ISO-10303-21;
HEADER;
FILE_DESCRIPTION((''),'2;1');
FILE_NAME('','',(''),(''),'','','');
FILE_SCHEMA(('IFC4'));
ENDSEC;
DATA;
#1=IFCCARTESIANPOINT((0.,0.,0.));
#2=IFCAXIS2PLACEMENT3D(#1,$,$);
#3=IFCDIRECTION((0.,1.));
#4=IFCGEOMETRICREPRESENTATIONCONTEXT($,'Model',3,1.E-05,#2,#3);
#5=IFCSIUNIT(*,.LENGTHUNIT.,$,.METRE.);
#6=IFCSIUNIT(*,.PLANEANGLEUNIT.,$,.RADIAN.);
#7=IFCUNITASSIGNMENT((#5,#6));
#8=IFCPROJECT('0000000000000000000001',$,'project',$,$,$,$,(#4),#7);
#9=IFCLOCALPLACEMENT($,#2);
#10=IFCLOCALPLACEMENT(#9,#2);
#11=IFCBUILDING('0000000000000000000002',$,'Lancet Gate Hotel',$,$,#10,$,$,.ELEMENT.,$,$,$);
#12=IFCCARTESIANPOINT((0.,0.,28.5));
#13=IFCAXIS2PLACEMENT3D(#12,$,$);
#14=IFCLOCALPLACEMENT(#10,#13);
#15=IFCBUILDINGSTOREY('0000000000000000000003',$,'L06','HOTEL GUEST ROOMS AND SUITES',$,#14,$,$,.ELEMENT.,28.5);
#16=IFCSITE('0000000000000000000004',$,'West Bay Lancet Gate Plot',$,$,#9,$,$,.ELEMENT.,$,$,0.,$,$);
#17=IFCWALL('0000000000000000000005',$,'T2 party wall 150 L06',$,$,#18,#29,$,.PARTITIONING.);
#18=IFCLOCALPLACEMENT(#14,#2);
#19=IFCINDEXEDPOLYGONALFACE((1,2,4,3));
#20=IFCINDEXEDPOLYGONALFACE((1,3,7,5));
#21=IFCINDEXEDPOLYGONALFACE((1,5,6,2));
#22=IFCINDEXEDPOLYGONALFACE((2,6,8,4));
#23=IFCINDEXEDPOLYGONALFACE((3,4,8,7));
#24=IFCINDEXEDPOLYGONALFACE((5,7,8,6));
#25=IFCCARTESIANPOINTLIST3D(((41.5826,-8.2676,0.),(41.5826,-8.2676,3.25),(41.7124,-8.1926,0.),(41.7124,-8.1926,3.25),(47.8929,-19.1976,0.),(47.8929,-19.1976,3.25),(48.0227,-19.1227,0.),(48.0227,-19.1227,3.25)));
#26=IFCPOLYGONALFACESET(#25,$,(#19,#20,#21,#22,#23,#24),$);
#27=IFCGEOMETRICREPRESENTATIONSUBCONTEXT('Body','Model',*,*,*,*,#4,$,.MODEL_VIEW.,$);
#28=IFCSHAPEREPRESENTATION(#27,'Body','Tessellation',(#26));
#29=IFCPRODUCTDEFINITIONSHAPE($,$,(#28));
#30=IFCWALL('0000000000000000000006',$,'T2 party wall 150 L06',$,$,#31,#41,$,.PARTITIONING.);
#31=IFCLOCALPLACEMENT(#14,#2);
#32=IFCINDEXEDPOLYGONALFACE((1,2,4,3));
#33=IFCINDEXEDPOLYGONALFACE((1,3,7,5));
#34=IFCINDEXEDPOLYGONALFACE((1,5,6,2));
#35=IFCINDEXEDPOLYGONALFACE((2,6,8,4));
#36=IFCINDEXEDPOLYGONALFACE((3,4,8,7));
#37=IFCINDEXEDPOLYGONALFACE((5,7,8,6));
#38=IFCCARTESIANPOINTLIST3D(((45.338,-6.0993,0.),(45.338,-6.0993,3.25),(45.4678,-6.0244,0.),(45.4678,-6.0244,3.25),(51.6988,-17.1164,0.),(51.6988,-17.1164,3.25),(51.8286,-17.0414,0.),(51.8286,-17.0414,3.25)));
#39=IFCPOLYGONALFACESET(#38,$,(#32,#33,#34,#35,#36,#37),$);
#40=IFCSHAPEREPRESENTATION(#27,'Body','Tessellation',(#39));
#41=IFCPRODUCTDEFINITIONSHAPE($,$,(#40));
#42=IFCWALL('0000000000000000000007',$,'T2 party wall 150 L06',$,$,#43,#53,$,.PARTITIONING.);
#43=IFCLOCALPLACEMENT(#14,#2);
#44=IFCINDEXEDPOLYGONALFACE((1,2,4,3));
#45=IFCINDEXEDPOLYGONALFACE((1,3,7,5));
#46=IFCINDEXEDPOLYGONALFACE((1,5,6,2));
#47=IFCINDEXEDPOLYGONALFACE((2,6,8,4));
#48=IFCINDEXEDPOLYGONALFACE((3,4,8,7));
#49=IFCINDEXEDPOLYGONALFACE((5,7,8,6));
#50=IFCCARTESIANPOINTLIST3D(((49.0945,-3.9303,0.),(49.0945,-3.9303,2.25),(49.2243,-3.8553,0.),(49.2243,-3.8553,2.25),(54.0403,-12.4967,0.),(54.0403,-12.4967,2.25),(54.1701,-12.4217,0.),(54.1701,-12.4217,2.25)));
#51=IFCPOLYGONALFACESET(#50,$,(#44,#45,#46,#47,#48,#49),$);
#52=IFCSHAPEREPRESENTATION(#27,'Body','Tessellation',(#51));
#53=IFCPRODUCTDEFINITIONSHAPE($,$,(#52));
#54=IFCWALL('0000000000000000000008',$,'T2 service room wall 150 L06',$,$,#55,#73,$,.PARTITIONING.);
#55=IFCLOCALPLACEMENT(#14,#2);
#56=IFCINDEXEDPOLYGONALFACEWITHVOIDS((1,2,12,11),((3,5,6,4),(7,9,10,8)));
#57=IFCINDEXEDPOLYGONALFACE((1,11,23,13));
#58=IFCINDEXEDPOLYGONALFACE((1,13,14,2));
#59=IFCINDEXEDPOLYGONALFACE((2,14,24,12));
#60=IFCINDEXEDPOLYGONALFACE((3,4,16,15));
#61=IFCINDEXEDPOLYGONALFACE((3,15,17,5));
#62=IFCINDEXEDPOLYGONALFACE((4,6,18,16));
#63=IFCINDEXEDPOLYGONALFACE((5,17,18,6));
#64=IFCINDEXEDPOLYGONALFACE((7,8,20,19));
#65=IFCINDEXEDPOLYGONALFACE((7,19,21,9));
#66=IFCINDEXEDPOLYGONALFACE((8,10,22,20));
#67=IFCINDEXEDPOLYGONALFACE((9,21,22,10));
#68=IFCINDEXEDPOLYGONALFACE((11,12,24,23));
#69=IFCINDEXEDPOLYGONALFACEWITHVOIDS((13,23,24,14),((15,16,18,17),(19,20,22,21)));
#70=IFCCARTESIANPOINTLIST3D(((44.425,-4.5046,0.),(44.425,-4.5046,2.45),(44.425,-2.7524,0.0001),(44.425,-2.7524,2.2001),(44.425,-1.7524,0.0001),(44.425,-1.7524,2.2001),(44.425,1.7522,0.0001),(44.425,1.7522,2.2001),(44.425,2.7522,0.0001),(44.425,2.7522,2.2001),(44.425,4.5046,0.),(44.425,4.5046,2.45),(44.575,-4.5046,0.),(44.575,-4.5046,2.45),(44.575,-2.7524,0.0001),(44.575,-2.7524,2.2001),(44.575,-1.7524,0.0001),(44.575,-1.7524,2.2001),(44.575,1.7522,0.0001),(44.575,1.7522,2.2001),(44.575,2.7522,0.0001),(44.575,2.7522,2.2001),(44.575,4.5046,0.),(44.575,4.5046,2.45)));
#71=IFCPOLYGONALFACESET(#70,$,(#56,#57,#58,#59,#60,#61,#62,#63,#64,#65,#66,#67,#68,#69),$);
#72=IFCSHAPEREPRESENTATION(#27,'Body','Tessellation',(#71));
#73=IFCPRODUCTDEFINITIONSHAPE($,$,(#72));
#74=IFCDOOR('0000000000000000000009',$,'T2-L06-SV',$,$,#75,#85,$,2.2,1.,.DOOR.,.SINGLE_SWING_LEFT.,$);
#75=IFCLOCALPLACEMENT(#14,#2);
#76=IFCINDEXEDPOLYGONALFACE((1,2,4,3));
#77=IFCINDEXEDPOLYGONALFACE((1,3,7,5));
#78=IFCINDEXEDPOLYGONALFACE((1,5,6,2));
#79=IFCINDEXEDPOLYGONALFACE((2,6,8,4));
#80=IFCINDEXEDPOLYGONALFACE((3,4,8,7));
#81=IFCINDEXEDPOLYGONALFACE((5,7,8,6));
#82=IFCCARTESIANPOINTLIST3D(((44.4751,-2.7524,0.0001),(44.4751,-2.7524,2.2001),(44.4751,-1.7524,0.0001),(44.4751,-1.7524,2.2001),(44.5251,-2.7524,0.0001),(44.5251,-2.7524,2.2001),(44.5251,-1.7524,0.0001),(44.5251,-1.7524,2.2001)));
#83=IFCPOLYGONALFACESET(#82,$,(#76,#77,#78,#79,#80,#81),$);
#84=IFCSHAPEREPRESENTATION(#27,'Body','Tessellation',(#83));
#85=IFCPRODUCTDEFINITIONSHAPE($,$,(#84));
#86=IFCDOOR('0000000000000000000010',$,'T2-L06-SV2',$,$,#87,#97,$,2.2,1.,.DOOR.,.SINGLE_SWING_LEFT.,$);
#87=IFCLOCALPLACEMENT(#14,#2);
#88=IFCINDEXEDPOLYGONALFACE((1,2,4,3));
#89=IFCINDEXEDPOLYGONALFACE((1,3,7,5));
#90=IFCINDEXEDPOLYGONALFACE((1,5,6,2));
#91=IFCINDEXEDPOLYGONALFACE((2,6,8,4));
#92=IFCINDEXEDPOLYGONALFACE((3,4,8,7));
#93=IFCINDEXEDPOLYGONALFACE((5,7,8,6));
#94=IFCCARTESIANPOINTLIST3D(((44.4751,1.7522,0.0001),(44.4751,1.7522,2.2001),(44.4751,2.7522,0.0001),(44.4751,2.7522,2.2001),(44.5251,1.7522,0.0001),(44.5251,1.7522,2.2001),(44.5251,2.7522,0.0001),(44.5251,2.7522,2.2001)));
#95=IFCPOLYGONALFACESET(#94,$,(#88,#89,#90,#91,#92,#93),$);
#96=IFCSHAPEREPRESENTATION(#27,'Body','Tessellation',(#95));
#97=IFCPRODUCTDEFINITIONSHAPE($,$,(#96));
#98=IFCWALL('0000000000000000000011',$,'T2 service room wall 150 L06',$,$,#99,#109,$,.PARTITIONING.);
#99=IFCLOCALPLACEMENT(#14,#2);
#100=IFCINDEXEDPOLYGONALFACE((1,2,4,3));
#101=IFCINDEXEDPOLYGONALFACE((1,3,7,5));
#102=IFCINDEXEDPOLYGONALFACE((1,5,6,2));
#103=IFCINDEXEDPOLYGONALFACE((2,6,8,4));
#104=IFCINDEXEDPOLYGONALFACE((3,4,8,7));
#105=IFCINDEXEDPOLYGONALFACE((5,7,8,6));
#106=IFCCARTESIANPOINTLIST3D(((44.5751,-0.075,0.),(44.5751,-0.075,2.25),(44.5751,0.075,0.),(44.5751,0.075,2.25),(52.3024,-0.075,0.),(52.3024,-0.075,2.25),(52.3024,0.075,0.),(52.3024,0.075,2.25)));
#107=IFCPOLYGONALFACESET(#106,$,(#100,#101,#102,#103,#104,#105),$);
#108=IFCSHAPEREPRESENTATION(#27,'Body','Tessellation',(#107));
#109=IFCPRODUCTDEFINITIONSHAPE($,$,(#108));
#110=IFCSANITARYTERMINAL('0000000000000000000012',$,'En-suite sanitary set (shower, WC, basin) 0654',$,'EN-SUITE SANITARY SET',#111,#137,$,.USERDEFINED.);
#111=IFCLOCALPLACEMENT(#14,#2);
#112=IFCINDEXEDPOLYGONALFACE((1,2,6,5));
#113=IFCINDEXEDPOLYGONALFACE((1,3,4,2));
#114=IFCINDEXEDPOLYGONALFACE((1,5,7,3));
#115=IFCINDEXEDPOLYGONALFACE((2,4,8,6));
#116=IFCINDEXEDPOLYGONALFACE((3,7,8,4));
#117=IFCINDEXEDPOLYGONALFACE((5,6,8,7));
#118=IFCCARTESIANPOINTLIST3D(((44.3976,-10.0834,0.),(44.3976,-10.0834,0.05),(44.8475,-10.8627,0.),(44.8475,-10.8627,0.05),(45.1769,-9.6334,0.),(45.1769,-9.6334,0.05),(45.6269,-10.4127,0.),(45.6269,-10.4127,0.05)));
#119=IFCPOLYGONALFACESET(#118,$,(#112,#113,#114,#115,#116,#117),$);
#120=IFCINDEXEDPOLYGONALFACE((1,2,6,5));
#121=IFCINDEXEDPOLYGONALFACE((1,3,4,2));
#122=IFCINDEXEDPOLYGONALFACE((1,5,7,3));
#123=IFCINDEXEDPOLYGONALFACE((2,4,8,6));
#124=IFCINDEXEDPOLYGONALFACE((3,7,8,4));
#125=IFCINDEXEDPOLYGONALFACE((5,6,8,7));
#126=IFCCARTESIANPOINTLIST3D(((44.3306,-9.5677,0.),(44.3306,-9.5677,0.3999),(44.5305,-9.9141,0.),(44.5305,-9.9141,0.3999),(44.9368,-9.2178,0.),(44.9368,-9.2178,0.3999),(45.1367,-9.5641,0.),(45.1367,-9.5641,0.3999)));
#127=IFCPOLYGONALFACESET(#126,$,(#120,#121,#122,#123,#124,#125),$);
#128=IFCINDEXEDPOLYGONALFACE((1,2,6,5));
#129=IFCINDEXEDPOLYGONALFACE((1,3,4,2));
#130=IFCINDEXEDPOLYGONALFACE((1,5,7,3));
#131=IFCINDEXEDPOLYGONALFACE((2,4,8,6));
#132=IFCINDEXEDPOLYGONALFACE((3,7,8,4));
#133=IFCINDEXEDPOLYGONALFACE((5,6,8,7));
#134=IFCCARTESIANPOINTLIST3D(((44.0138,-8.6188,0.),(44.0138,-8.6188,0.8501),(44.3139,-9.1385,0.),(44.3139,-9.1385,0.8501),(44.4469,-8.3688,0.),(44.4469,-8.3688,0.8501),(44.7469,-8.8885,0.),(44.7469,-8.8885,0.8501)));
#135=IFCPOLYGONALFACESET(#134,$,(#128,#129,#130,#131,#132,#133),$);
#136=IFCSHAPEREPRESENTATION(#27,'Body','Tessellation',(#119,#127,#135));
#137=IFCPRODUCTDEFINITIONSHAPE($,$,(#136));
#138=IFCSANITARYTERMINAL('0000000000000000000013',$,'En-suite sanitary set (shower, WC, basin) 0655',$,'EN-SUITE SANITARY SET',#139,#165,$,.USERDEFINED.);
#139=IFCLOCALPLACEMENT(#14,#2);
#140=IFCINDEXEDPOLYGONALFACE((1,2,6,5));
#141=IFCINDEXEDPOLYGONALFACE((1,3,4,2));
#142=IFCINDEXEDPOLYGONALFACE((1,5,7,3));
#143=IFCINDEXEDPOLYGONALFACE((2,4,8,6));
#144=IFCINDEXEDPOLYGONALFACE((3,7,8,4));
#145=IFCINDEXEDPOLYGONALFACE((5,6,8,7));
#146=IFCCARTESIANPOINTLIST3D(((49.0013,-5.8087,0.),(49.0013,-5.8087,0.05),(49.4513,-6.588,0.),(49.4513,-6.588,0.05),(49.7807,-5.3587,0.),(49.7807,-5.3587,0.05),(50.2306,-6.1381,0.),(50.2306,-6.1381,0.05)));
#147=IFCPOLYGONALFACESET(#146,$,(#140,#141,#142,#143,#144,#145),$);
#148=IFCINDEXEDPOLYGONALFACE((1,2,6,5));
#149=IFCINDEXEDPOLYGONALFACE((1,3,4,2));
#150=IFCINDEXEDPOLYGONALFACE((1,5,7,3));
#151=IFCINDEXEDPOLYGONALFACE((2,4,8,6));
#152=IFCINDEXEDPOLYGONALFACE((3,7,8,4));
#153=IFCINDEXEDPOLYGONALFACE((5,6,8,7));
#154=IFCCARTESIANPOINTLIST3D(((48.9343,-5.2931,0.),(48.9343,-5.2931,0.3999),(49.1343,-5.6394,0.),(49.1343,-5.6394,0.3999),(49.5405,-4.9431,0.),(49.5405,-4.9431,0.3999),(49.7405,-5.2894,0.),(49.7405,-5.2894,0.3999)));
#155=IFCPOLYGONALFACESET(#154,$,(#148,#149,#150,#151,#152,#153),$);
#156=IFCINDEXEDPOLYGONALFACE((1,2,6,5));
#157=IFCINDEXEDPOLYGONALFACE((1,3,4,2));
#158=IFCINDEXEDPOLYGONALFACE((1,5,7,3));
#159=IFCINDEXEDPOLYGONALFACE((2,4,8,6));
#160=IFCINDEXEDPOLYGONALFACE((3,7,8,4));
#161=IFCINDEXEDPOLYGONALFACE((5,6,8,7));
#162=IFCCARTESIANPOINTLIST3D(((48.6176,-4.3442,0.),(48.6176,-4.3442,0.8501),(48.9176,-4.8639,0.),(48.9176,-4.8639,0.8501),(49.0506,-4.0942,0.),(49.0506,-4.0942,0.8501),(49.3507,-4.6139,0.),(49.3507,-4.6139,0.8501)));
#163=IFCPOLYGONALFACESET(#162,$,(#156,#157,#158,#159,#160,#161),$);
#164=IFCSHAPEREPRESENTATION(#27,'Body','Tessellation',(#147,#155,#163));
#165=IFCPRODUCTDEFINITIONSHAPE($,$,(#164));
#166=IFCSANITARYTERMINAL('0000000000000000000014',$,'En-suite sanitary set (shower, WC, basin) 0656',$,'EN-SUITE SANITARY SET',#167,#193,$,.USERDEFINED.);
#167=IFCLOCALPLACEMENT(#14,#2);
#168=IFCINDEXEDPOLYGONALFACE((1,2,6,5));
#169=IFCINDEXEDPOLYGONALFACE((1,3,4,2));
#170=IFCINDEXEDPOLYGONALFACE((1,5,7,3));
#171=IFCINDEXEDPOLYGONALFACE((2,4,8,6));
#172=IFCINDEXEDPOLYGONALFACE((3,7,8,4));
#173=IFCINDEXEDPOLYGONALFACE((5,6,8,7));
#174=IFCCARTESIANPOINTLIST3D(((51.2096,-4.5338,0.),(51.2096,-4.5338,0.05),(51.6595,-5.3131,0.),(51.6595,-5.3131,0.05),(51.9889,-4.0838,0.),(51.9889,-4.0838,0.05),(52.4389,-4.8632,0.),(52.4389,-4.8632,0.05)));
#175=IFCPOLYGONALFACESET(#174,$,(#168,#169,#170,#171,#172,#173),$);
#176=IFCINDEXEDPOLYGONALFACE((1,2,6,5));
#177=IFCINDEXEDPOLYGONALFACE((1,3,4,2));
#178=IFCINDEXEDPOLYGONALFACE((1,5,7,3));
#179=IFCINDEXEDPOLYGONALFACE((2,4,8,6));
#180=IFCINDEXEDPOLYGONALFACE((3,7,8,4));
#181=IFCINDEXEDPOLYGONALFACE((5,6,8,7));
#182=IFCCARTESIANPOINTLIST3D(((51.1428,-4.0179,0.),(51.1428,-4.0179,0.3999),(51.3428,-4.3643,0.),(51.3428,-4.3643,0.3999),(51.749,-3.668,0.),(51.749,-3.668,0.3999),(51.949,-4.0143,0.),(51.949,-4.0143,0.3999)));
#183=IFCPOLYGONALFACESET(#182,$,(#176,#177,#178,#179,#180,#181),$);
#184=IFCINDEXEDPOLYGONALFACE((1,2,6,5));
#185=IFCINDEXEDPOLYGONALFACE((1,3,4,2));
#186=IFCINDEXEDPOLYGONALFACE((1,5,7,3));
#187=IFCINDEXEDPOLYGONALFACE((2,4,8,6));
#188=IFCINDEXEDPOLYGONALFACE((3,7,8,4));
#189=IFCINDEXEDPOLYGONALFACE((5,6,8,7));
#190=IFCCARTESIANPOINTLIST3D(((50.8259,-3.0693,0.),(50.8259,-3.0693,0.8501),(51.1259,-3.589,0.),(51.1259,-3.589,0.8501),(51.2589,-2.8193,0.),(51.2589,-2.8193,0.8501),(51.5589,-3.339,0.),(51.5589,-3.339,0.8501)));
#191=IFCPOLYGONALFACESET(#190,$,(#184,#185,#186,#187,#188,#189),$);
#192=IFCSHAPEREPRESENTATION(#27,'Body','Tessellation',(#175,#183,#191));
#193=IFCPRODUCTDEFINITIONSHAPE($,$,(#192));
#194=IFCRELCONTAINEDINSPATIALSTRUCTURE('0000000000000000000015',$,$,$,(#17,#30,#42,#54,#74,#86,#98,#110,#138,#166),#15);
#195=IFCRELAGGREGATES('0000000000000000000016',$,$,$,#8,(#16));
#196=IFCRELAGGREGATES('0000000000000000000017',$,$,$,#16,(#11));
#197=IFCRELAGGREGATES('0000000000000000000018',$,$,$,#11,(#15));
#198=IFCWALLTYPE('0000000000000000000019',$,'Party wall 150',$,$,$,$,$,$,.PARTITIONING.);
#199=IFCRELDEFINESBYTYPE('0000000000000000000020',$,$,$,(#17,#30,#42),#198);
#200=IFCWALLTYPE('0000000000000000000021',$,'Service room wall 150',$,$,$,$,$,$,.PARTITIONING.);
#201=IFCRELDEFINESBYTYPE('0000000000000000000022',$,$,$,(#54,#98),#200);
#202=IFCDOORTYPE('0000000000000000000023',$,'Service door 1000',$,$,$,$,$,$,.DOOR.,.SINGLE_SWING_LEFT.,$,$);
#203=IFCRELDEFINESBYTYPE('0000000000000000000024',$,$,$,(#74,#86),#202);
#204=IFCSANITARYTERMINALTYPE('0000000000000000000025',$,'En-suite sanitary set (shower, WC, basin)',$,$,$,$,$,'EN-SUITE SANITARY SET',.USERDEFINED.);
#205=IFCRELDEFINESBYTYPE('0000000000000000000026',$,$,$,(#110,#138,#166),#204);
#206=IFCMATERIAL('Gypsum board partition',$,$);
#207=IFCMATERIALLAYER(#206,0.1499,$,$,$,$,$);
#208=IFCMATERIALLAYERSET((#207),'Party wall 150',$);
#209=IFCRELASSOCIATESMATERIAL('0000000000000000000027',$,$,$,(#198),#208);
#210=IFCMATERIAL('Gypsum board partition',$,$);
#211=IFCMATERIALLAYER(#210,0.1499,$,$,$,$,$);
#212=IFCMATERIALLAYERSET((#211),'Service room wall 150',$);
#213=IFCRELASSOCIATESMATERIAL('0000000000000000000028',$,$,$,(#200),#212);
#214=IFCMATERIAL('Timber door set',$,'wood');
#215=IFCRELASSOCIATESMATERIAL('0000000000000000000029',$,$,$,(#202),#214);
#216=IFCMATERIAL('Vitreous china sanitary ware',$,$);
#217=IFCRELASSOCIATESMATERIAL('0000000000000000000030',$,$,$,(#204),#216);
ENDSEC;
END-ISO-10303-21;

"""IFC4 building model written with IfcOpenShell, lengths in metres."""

from ifc_helpers import new_model, si_unit, direction, frame, frame_2d, origin, origin_2d, place, context, subcontext, project, spatial, rectangle, extrude, material, layer, layer_set, type_object, element, fill, save


model = new_model("IFC4")

# Units and contexts
model_context = context("Model", 3, precision=1e-05, world=origin(), true_north=direction((0.0, 1.0)))
body_context = subcontext(model_context, "Body", "Model", "MODEL_VIEW")
ifc_project = project(units=[si_unit("LENGTHUNIT", "METRE"), si_unit("PLANEANGLEUNIT", "RADIAN")], contexts=[model_context])

# Site, building, storey
site_placement = place(None, origin())
site = spatial("IfcSite", under=ifc_project, at=site_placement, Name="West Bay Lancet Gate Plot", CompositionType="ELEMENT", RefElevation=0.0)
building_placement = place(site_placement, origin())
building = spatial("IfcBuilding", under=site, at=building_placement, Name="Lancet Gate Hotel", CompositionType="ELEMENT")
storey_placement = place(building_placement, frame((0.0, 0.0, 28.5)))
storey = spatial("IfcBuildingStorey", under=building, at=storey_placement, Name="L06", Description="HOTEL GUEST ROOMS AND SUITES", CompositionType="ELEMENT", Elevation=28.5)

# Walls
ifc_material_1 = material(Name="Gypsum board partition")
ifc_layer_1 = layer(ifc_material_1, 0.1499)
ifc_layer_set_1 = layer_set([ifc_layer_1], Name="Party wall 150")
wall_type_1 = type_object("IfcWallType", Name="Party wall 150", PredefinedType="PARTITIONING", material=ifc_layer_set_1)
wall_1_placement = place(storey_placement, frame((41.6475, -8.23, 0.0), z_axis=(0.0, 0.0, 1.0), x_axis=(0.499986, -0.866034, 0.0)))
element("IfcWall", 1, at=wall_1_placement, inside=storey, type_object=wall_type_1, Name="T2 party wall 150 L06", PredefinedType="PARTITIONING", context=body_context, shape_type="SweptSolid", body=[
    extrude(rectangle(XDim=12.6208, YDim=0.1499, at=frame_2d((6.3105, 0.0))), origin(), (0.0, 0.0, 1.0), 3.25),
])
wall_2_placement = place(storey_placement, frame((45.4028, -6.0618, 0.0), z_axis=(0.0, 0.0, 1.0), x_axis=(0.500007, -0.866021, 0.0)))
element("IfcWall", 2, at=wall_2_placement, inside=storey, type_object=wall_type_1, Name="T2 party wall 150 L06", PredefinedType="PARTITIONING", context=body_context, shape_type="SweptSolid", body=[
    extrude(rectangle(XDim=12.7214, YDim=0.1499, at=frame_2d((6.3608, 0.0))), origin(), (0.0, 0.0, 1.0), 3.25),
])
wall_3_placement = place(storey_placement, frame((49.1594, -3.8928, 0.0), z_axis=(0.0, 0.0, 1.0), x_axis=(0.499999, -0.866026, 0.0)))
element("IfcWall", 3, at=wall_3_placement, inside=storey, type_object=wall_type_1, Name="T2 party wall 150 L06", PredefinedType="PARTITIONING", context=body_context, shape_type="SweptSolid", body=[
    extrude(rectangle(XDim=9.8916, YDim=0.1499, at=frame_2d((4.9458, 0.0))), origin(), (0.0, 0.0, 1.0), 2.25),
])

# Wall, openings, doors
ifc_material_2 = material(Name="Gypsum board partition")
ifc_layer_2 = layer(ifc_material_2, 0.1499)
ifc_layer_set_2 = layer_set([ifc_layer_2], Name="Service room wall 150")
wall_type_2 = type_object("IfcWallType", Name="Service room wall 150", PredefinedType="PARTITIONING", material=ifc_layer_set_2)
wall_4_placement = place(storey_placement, frame((44.5, -4.5046, 0.0), z_axis=(0.0, 0.0, 1.0), x_axis=(0.0, 1.0, 0.0)))
wall_4 = element("IfcWall", 4, at=wall_4_placement, inside=storey, type_object=wall_type_2, Name="T2 service room wall 150 L06", PredefinedType="PARTITIONING", context=body_context, shape_type="SweptSolid", body=[
    extrude(rectangle(XDim=9.0093, YDim=0.1499, at=frame_2d((4.5046, 0.0))), origin(), (0.0, 0.0, 1.0), 2.45),
])
opening_1_placement = place(wall_4_placement, frame((1.7522, 0.0, 0.0)))
opening_1 = element("IfcOpeningElement", 5, at=opening_1_placement, cuts=wall_4, PredefinedType="OPENING", context=body_context, shape_type="SweptSolid", body=[
    extrude(rectangle(XDim=1.0, YDim=2.2, at=frame_2d((0.5, 1.1001))), frame((0.0, 0.085, 0.0), z_axis=(0.0, -1.0, 0.0), x_axis=(1.0, 0.0, 0.0)), (0.0, 0.0, 1.0), 0.1699),
])
opening_2_placement = place(wall_4_placement, frame((6.2568, 0.0, 0.0)))
opening_2 = element("IfcOpeningElement", 6, at=opening_2_placement, cuts=wall_4, PredefinedType="OPENING", context=body_context, shape_type="SweptSolid", body=[
    extrude(rectangle(XDim=1.0, YDim=2.2, at=frame_2d((0.5, 1.1001))), frame((0.0, 0.085, 0.0), z_axis=(0.0, -1.0, 0.0), x_axis=(1.0, 0.0, 0.0)), (0.0, 0.0, 1.0), 0.1699),
])
ifc_material_3 = material(Name="Timber door set", Category="wood")
door_type_1 = type_object("IfcDoorType", Name="Service door 1000", OperationType="SINGLE_SWING_LEFT", PredefinedType="DOOR", material=ifc_material_3)
door_1_placement = place(opening_1_placement, origin())
door_1 = element("IfcDoor", 7, at=door_1_placement, inside=storey, type_object=door_type_1, Name="T2-L06-SV", OperationType="SINGLE_SWING_LEFT", OverallHeight=2.2, OverallWidth=1.0, PredefinedType="DOOR", context=body_context, shape_type="SweptSolid", body=[
    extrude(rectangle(XDim=1.0, YDim=2.2, at=frame_2d((0.5, 1.1001))), frame((0.0, 0.0249, 0.0), z_axis=(0.0, -1.0, 0.0), x_axis=(1.0, 0.0, 0.0)), (0.0, 0.0, 1.0), 0.05),
])
fill(opening_1, door_1)
door_2_placement = place(opening_2_placement, origin())
door_2 = element("IfcDoor", 8, at=door_2_placement, inside=storey, type_object=door_type_1, Name="T2-L06-SV2", OperationType="SINGLE_SWING_LEFT", OverallHeight=2.2, OverallWidth=1.0, PredefinedType="DOOR", context=body_context, shape_type="SweptSolid", body=[
    extrude(rectangle(XDim=1.0, YDim=2.2, at=frame_2d((0.5, 1.1001))), frame((0.0, 0.0249, 0.0), z_axis=(0.0, -1.0, 0.0), x_axis=(1.0, 0.0, 0.0)), (0.0, 0.0, 1.0), 0.05),
])
fill(opening_2, door_2)

# Wall
wall_5_placement = place(storey_placement, frame((44.575, 0.0, 0.0), z_axis=(0.0, 0.0, 1.0), x_axis=(1.0, 0.0, 0.0)))
element("IfcWall", 9, at=wall_5_placement, inside=storey, type_object=wall_type_2, Name="T2 service room wall 150 L06", PredefinedType="PARTITIONING", context=body_context, shape_type="SweptSolid", body=[
    extrude(rectangle(XDim=7.7273, YDim=0.1499, at=frame_2d((3.8638, 0.0))), origin(), (0.0, 0.0, 1.0), 2.25),
])

# Sanitary terminals
ifc_material_4 = material(Name="Vitreous china sanitary ware")
sanitary_terminal_type = type_object("IfcSanitaryTerminalType", Name="En-suite sanitary set (shower, WC, basin)", ElementType="EN-SUITE SANITARY SET", PredefinedType="USERDEFINED", material=ifc_material_4)
for number, where, z_axis, x_axis, name in (
    (10, (45.0122, -10.248, 0.0), (0.0, 0.0, 1.0), (1.0, 0.0, 0.0), "En-suite sanitary set (shower, WC, basin) 0654"),
    (11, (49.616, -5.9734, 0.0), (0.0, 0.0, 1.0), (1.0, 0.0, 0.0), "En-suite sanitary set (shower, WC, basin) 0655"),
):
    element("IfcSanitaryTerminal", number, at=place(storey_placement, frame(where, z_axis=z_axis, x_axis=x_axis)), inside=storey, type_object=sanitary_terminal_type, Name=name, ObjectType="EN-SUITE SANITARY SET", PredefinedType="USERDEFINED", context=body_context, shape_type="SweptSolid", body=[
        extrude(rectangle(XDim=0.8999, YDim=0.8999, at=origin_2d()), frame((0.0, 0.0, 0.0), z_axis=(0.0, 0.0, 1.0), x_axis=(0.5, -0.866025, 0.0)), (0.0, 0.0, 1.0), 0.05),
        extrude(rectangle(XDim=0.3999, YDim=0.7, at=origin_2d()), frame((-0.2786, 0.6821, 0.0), z_axis=(0.0, 0.0, 1.0), x_axis=(0.5, -0.866025, 0.0)), (0.0, 0.0, 1.0), 0.3999),
        extrude(rectangle(XDim=0.6001, YDim=0.5, at=origin_2d()), frame((-0.6318, 1.4944, 0.0), z_axis=(0.0, 0.0, 1.0), x_axis=(0.5, -0.866025, 0.0)), (0.0, 0.0, 1.0), 0.8501),
    ])
sanitary_terminal_1_placement = place(storey_placement, frame((51.8242, -4.6985, 0.0), z_axis=(0.0, 0.0, 1.0), x_axis=(1.0, 0.0, 0.0)))
element("IfcSanitaryTerminal", 12, at=sanitary_terminal_1_placement, inside=storey, type_object=sanitary_terminal_type, Name="En-suite sanitary set (shower, WC, basin) 0656", ObjectType="EN-SUITE SANITARY SET", PredefinedType="USERDEFINED", context=body_context, shape_type="SweptSolid", body=[
    extrude(rectangle(XDim=0.8999, YDim=0.8999, at=origin_2d()), frame((0.0, 0.0, 0.0), z_axis=(0.0, 0.0, 1.0), x_axis=(0.5, -0.866025, 0.0)), (0.0, 0.0, 1.0), 0.05),
    extrude(rectangle(XDim=0.3999, YDim=0.7, at=origin_2d()), frame((-0.2783, 0.6824, 0.0), z_axis=(0.0, 0.0, 1.0), x_axis=(0.5, -0.866025, 0.0)), (0.0, 0.0, 1.0), 0.3999),
    extrude(rectangle(XDim=0.6001, YDim=0.5, at=origin_2d()), frame((-0.6318, 1.4944, 0.0), z_axis=(0.0, 0.0, 1.0), x_axis=(0.5, -0.866025, 0.0)), (0.0, 0.0, 1.0), 0.8501),
])

save(model, "model.ifc")
